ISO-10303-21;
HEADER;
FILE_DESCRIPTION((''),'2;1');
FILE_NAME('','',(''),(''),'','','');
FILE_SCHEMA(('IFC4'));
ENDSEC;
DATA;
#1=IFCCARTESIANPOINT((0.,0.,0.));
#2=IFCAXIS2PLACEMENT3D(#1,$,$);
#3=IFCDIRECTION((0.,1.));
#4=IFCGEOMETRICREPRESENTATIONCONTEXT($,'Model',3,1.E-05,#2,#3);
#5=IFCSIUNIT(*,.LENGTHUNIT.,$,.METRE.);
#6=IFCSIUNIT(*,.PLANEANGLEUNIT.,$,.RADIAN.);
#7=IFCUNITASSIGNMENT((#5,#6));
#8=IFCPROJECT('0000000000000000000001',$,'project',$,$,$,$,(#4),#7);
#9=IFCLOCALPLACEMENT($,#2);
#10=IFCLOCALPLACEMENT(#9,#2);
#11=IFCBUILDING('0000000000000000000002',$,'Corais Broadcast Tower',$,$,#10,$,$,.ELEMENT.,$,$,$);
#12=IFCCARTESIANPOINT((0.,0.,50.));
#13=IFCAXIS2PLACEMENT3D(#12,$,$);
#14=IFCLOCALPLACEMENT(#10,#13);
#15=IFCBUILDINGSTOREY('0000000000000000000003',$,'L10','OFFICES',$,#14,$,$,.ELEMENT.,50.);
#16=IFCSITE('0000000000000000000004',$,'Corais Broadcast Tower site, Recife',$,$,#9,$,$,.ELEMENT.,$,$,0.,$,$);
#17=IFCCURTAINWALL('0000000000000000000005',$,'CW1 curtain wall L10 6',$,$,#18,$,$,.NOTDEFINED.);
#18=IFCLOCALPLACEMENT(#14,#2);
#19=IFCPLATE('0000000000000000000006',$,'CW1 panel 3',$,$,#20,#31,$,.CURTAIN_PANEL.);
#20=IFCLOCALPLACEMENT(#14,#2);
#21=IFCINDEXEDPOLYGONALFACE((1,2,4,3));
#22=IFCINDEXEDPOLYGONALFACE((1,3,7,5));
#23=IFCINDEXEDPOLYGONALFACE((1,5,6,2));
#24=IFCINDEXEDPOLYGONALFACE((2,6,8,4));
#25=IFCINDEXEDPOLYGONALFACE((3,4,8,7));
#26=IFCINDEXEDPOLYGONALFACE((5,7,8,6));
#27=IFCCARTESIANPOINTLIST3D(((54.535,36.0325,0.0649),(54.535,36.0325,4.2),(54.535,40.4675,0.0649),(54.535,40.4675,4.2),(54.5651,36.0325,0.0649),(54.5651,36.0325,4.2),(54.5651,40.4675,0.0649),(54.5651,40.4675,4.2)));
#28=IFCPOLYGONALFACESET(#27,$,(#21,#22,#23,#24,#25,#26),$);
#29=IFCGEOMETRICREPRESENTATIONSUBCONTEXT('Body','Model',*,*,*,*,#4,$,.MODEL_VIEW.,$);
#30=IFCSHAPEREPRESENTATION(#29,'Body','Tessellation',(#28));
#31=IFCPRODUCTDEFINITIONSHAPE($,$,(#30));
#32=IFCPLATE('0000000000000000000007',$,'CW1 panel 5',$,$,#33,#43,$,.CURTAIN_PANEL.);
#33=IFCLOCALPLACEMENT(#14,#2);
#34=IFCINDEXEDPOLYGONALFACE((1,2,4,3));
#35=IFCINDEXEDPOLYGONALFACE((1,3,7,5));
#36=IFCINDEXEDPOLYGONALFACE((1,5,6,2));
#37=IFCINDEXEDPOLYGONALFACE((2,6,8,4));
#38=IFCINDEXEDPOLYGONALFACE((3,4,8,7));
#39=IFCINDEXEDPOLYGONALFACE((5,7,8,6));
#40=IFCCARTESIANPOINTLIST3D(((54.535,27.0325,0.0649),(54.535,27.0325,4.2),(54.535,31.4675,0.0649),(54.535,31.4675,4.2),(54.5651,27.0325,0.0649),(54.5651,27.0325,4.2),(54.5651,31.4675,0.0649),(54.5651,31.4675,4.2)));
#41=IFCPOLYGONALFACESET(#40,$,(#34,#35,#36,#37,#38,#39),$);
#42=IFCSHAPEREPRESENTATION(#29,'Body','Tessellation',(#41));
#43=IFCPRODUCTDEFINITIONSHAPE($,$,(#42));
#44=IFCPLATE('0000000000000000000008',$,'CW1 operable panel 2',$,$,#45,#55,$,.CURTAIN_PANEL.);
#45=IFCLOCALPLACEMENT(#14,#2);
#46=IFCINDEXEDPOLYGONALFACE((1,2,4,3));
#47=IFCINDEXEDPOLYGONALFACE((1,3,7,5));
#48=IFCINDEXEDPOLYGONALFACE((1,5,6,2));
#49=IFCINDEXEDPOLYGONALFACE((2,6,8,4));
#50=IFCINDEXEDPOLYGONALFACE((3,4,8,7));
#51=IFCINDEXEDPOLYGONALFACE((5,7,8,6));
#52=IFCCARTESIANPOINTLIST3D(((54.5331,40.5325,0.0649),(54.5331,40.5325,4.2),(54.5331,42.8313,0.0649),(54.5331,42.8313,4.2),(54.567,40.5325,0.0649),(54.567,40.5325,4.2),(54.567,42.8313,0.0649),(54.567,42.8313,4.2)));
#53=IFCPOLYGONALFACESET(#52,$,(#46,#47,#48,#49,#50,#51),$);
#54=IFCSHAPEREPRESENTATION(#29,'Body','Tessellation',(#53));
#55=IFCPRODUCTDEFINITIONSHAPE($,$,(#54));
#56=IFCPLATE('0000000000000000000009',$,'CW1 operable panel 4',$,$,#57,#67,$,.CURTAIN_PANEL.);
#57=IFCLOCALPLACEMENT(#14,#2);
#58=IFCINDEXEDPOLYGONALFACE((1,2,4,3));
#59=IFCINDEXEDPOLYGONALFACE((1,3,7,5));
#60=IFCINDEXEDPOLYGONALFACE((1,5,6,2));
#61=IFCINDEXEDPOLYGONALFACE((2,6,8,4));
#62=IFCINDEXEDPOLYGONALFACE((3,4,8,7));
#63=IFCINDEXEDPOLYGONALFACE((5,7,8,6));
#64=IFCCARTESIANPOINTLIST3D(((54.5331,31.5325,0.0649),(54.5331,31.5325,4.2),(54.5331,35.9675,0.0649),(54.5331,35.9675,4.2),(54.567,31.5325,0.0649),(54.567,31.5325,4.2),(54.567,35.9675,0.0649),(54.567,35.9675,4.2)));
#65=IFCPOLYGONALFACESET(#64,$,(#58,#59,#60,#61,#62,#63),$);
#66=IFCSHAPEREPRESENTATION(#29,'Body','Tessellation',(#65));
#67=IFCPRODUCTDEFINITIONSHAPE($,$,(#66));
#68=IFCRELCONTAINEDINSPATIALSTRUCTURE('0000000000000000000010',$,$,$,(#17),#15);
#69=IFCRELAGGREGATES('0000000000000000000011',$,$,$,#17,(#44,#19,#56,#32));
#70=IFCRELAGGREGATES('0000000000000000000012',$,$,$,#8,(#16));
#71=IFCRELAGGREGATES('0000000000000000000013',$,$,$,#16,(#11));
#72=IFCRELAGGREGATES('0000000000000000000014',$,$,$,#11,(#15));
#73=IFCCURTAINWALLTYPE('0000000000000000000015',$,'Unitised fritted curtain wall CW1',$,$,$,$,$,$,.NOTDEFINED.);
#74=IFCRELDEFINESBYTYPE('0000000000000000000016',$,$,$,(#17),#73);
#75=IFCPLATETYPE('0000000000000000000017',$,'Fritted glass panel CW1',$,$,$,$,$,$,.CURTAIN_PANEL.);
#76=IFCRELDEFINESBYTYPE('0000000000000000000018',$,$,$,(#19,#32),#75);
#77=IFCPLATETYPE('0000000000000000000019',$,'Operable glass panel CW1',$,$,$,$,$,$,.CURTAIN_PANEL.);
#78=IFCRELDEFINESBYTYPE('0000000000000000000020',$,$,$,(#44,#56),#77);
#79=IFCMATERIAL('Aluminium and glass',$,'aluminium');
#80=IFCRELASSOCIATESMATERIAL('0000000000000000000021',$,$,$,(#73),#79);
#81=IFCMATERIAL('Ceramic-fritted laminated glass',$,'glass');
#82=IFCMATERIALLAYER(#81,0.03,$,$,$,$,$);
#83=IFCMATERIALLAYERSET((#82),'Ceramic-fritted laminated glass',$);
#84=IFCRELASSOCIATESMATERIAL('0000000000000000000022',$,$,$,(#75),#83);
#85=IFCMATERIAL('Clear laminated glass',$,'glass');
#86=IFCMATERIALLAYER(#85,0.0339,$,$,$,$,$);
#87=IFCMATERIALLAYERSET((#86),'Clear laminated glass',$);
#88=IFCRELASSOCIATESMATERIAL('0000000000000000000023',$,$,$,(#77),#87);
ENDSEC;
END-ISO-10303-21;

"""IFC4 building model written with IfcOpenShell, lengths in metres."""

from ifc_helpers import new_model, si_unit, direction, frame, origin, origin_2d, place, context, subcontext, project, spatial, rectangle, extrude, material, layer, layer_set, type_object, element, aggregate, save


model = new_model("IFC4")

# Units and contexts
model_context = context("Model", 3, precision=1e-05, world=origin(), true_north=direction((0.0, 1.0)))
body_context = subcontext(model_context, "Body", "Model", "MODEL_VIEW")
ifc_project = project(units=[si_unit("LENGTHUNIT", "METRE"), si_unit("PLANEANGLEUNIT", "RADIAN")], contexts=[model_context])

# Site, building, storey
site_placement = place(None, origin())
site = spatial("IfcSite", under=ifc_project, at=site_placement, Name="Corais Broadcast Tower site, Recife", CompositionType="ELEMENT", RefElevation=0.0)
building_placement = place(site_placement, origin())
building = spatial("IfcBuilding", under=site, at=building_placement, Name="Corais Broadcast Tower", CompositionType="ELEMENT")
storey_placement = place(building_placement, frame((0.0, 0.0, 50.0)))
storey = spatial("IfcBuildingStorey", under=building, at=storey_placement, Name="L10", Description="OFFICES", CompositionType="ELEMENT", Elevation=50.0)

# Curtain wall
ifc_material_1 = material(Name="Aluminium and glass", Category="aluminium")
curtain_wall_type = type_object("IfcCurtainWallType", Name="Unitised fritted curtain wall CW1", PredefinedType="NOTDEFINED", material=ifc_material_1)
curtain_wall_placement = place(storey_placement, origin())
curtain_wall = element("IfcCurtainWall", 1, at=curtain_wall_placement, inside=storey, type_object=curtain_wall_type, Name="CW1 curtain wall L10 6", PredefinedType="NOTDEFINED")

# Plates
ifc_material_2 = material(Name="Ceramic-fritted laminated glass", Category="glass")
ifc_layer_1 = layer(ifc_material_2, 0.03)
ifc_layer_set_1 = layer_set([ifc_layer_1], Name="Ceramic-fritted laminated glass")
plate_type_1 = type_object("IfcPlateType", Name="Fritted glass panel CW1", PredefinedType="CURTAIN_PANEL", material=ifc_layer_set_1)
plate_1_placement = place(storey_placement, frame((54.55, 38.25, 0.0649), z_axis=(0.0, 0.0, 1.0), x_axis=(0.0, -1.0, 0.0)))
plate_1 = element("IfcPlate", 2, at=plate_1_placement, type_object=plate_type_1, Name="CW1 panel 3", PredefinedType="CURTAIN_PANEL", context=body_context, shape_type="SweptSolid", body=[
    extrude(rectangle(XDim=4.4351, YDim=0.03, at=origin_2d()), origin(), (0.0, 0.0, 1.0), 4.135),
])
plate_2_placement = place(storey_placement, frame((54.55, 29.25, 0.0649), z_axis=(0.0, 0.0, 1.0), x_axis=(0.0, -1.0, 0.0)))
plate_2 = element("IfcPlate", 3, at=plate_2_placement, type_object=plate_type_1, Name="CW1 panel 5", PredefinedType="CURTAIN_PANEL", context=body_context, shape_type="SweptSolid", body=[
    extrude(rectangle(XDim=4.4351, YDim=0.03, at=origin_2d()), origin(), (0.0, 0.0, 1.0), 4.135),
])
ifc_material_3 = material(Name="Clear laminated glass", Category="glass")
ifc_layer_2 = layer(ifc_material_3, 0.0339)
ifc_layer_set_2 = layer_set([ifc_layer_2], Name="Clear laminated glass")
plate_type_2 = type_object("IfcPlateType", Name="Operable glass panel CW1", PredefinedType="CURTAIN_PANEL", material=ifc_layer_set_2)
plate_3_placement = place(storey_placement, frame((54.55, 41.6819, 0.0649), z_axis=(0.0, 0.0, 1.0), x_axis=(0.0, -1.0, 0.0)))
plate_3 = element("IfcPlate", 4, at=plate_3_placement, type_object=plate_type_2, Name="CW1 operable panel 2", PredefinedType="CURTAIN_PANEL", context=body_context, shape_type="SweptSolid", body=[
    extrude(rectangle(XDim=2.2988, YDim=0.0339, at=origin_2d()), origin(), (0.0, 0.0, 1.0), 4.135),
])
plate_4_placement = place(storey_placement, frame((54.55, 33.75, 0.0649), z_axis=(0.0, 0.0, 1.0), x_axis=(0.0, -1.0, 0.0)))
plate_4 = element("IfcPlate", 5, at=plate_4_placement, type_object=plate_type_2, Name="CW1 operable panel 4", PredefinedType="CURTAIN_PANEL", context=body_context, shape_type="SweptSolid", body=[
    extrude(rectangle(XDim=4.4351, YDim=0.0339, at=origin_2d()), origin(), (0.0, 0.0, 1.0), 4.135),
])
aggregate(curtain_wall, [plate_3, plate_1, plate_4, plate_2])

save(model, "model.ifc")
